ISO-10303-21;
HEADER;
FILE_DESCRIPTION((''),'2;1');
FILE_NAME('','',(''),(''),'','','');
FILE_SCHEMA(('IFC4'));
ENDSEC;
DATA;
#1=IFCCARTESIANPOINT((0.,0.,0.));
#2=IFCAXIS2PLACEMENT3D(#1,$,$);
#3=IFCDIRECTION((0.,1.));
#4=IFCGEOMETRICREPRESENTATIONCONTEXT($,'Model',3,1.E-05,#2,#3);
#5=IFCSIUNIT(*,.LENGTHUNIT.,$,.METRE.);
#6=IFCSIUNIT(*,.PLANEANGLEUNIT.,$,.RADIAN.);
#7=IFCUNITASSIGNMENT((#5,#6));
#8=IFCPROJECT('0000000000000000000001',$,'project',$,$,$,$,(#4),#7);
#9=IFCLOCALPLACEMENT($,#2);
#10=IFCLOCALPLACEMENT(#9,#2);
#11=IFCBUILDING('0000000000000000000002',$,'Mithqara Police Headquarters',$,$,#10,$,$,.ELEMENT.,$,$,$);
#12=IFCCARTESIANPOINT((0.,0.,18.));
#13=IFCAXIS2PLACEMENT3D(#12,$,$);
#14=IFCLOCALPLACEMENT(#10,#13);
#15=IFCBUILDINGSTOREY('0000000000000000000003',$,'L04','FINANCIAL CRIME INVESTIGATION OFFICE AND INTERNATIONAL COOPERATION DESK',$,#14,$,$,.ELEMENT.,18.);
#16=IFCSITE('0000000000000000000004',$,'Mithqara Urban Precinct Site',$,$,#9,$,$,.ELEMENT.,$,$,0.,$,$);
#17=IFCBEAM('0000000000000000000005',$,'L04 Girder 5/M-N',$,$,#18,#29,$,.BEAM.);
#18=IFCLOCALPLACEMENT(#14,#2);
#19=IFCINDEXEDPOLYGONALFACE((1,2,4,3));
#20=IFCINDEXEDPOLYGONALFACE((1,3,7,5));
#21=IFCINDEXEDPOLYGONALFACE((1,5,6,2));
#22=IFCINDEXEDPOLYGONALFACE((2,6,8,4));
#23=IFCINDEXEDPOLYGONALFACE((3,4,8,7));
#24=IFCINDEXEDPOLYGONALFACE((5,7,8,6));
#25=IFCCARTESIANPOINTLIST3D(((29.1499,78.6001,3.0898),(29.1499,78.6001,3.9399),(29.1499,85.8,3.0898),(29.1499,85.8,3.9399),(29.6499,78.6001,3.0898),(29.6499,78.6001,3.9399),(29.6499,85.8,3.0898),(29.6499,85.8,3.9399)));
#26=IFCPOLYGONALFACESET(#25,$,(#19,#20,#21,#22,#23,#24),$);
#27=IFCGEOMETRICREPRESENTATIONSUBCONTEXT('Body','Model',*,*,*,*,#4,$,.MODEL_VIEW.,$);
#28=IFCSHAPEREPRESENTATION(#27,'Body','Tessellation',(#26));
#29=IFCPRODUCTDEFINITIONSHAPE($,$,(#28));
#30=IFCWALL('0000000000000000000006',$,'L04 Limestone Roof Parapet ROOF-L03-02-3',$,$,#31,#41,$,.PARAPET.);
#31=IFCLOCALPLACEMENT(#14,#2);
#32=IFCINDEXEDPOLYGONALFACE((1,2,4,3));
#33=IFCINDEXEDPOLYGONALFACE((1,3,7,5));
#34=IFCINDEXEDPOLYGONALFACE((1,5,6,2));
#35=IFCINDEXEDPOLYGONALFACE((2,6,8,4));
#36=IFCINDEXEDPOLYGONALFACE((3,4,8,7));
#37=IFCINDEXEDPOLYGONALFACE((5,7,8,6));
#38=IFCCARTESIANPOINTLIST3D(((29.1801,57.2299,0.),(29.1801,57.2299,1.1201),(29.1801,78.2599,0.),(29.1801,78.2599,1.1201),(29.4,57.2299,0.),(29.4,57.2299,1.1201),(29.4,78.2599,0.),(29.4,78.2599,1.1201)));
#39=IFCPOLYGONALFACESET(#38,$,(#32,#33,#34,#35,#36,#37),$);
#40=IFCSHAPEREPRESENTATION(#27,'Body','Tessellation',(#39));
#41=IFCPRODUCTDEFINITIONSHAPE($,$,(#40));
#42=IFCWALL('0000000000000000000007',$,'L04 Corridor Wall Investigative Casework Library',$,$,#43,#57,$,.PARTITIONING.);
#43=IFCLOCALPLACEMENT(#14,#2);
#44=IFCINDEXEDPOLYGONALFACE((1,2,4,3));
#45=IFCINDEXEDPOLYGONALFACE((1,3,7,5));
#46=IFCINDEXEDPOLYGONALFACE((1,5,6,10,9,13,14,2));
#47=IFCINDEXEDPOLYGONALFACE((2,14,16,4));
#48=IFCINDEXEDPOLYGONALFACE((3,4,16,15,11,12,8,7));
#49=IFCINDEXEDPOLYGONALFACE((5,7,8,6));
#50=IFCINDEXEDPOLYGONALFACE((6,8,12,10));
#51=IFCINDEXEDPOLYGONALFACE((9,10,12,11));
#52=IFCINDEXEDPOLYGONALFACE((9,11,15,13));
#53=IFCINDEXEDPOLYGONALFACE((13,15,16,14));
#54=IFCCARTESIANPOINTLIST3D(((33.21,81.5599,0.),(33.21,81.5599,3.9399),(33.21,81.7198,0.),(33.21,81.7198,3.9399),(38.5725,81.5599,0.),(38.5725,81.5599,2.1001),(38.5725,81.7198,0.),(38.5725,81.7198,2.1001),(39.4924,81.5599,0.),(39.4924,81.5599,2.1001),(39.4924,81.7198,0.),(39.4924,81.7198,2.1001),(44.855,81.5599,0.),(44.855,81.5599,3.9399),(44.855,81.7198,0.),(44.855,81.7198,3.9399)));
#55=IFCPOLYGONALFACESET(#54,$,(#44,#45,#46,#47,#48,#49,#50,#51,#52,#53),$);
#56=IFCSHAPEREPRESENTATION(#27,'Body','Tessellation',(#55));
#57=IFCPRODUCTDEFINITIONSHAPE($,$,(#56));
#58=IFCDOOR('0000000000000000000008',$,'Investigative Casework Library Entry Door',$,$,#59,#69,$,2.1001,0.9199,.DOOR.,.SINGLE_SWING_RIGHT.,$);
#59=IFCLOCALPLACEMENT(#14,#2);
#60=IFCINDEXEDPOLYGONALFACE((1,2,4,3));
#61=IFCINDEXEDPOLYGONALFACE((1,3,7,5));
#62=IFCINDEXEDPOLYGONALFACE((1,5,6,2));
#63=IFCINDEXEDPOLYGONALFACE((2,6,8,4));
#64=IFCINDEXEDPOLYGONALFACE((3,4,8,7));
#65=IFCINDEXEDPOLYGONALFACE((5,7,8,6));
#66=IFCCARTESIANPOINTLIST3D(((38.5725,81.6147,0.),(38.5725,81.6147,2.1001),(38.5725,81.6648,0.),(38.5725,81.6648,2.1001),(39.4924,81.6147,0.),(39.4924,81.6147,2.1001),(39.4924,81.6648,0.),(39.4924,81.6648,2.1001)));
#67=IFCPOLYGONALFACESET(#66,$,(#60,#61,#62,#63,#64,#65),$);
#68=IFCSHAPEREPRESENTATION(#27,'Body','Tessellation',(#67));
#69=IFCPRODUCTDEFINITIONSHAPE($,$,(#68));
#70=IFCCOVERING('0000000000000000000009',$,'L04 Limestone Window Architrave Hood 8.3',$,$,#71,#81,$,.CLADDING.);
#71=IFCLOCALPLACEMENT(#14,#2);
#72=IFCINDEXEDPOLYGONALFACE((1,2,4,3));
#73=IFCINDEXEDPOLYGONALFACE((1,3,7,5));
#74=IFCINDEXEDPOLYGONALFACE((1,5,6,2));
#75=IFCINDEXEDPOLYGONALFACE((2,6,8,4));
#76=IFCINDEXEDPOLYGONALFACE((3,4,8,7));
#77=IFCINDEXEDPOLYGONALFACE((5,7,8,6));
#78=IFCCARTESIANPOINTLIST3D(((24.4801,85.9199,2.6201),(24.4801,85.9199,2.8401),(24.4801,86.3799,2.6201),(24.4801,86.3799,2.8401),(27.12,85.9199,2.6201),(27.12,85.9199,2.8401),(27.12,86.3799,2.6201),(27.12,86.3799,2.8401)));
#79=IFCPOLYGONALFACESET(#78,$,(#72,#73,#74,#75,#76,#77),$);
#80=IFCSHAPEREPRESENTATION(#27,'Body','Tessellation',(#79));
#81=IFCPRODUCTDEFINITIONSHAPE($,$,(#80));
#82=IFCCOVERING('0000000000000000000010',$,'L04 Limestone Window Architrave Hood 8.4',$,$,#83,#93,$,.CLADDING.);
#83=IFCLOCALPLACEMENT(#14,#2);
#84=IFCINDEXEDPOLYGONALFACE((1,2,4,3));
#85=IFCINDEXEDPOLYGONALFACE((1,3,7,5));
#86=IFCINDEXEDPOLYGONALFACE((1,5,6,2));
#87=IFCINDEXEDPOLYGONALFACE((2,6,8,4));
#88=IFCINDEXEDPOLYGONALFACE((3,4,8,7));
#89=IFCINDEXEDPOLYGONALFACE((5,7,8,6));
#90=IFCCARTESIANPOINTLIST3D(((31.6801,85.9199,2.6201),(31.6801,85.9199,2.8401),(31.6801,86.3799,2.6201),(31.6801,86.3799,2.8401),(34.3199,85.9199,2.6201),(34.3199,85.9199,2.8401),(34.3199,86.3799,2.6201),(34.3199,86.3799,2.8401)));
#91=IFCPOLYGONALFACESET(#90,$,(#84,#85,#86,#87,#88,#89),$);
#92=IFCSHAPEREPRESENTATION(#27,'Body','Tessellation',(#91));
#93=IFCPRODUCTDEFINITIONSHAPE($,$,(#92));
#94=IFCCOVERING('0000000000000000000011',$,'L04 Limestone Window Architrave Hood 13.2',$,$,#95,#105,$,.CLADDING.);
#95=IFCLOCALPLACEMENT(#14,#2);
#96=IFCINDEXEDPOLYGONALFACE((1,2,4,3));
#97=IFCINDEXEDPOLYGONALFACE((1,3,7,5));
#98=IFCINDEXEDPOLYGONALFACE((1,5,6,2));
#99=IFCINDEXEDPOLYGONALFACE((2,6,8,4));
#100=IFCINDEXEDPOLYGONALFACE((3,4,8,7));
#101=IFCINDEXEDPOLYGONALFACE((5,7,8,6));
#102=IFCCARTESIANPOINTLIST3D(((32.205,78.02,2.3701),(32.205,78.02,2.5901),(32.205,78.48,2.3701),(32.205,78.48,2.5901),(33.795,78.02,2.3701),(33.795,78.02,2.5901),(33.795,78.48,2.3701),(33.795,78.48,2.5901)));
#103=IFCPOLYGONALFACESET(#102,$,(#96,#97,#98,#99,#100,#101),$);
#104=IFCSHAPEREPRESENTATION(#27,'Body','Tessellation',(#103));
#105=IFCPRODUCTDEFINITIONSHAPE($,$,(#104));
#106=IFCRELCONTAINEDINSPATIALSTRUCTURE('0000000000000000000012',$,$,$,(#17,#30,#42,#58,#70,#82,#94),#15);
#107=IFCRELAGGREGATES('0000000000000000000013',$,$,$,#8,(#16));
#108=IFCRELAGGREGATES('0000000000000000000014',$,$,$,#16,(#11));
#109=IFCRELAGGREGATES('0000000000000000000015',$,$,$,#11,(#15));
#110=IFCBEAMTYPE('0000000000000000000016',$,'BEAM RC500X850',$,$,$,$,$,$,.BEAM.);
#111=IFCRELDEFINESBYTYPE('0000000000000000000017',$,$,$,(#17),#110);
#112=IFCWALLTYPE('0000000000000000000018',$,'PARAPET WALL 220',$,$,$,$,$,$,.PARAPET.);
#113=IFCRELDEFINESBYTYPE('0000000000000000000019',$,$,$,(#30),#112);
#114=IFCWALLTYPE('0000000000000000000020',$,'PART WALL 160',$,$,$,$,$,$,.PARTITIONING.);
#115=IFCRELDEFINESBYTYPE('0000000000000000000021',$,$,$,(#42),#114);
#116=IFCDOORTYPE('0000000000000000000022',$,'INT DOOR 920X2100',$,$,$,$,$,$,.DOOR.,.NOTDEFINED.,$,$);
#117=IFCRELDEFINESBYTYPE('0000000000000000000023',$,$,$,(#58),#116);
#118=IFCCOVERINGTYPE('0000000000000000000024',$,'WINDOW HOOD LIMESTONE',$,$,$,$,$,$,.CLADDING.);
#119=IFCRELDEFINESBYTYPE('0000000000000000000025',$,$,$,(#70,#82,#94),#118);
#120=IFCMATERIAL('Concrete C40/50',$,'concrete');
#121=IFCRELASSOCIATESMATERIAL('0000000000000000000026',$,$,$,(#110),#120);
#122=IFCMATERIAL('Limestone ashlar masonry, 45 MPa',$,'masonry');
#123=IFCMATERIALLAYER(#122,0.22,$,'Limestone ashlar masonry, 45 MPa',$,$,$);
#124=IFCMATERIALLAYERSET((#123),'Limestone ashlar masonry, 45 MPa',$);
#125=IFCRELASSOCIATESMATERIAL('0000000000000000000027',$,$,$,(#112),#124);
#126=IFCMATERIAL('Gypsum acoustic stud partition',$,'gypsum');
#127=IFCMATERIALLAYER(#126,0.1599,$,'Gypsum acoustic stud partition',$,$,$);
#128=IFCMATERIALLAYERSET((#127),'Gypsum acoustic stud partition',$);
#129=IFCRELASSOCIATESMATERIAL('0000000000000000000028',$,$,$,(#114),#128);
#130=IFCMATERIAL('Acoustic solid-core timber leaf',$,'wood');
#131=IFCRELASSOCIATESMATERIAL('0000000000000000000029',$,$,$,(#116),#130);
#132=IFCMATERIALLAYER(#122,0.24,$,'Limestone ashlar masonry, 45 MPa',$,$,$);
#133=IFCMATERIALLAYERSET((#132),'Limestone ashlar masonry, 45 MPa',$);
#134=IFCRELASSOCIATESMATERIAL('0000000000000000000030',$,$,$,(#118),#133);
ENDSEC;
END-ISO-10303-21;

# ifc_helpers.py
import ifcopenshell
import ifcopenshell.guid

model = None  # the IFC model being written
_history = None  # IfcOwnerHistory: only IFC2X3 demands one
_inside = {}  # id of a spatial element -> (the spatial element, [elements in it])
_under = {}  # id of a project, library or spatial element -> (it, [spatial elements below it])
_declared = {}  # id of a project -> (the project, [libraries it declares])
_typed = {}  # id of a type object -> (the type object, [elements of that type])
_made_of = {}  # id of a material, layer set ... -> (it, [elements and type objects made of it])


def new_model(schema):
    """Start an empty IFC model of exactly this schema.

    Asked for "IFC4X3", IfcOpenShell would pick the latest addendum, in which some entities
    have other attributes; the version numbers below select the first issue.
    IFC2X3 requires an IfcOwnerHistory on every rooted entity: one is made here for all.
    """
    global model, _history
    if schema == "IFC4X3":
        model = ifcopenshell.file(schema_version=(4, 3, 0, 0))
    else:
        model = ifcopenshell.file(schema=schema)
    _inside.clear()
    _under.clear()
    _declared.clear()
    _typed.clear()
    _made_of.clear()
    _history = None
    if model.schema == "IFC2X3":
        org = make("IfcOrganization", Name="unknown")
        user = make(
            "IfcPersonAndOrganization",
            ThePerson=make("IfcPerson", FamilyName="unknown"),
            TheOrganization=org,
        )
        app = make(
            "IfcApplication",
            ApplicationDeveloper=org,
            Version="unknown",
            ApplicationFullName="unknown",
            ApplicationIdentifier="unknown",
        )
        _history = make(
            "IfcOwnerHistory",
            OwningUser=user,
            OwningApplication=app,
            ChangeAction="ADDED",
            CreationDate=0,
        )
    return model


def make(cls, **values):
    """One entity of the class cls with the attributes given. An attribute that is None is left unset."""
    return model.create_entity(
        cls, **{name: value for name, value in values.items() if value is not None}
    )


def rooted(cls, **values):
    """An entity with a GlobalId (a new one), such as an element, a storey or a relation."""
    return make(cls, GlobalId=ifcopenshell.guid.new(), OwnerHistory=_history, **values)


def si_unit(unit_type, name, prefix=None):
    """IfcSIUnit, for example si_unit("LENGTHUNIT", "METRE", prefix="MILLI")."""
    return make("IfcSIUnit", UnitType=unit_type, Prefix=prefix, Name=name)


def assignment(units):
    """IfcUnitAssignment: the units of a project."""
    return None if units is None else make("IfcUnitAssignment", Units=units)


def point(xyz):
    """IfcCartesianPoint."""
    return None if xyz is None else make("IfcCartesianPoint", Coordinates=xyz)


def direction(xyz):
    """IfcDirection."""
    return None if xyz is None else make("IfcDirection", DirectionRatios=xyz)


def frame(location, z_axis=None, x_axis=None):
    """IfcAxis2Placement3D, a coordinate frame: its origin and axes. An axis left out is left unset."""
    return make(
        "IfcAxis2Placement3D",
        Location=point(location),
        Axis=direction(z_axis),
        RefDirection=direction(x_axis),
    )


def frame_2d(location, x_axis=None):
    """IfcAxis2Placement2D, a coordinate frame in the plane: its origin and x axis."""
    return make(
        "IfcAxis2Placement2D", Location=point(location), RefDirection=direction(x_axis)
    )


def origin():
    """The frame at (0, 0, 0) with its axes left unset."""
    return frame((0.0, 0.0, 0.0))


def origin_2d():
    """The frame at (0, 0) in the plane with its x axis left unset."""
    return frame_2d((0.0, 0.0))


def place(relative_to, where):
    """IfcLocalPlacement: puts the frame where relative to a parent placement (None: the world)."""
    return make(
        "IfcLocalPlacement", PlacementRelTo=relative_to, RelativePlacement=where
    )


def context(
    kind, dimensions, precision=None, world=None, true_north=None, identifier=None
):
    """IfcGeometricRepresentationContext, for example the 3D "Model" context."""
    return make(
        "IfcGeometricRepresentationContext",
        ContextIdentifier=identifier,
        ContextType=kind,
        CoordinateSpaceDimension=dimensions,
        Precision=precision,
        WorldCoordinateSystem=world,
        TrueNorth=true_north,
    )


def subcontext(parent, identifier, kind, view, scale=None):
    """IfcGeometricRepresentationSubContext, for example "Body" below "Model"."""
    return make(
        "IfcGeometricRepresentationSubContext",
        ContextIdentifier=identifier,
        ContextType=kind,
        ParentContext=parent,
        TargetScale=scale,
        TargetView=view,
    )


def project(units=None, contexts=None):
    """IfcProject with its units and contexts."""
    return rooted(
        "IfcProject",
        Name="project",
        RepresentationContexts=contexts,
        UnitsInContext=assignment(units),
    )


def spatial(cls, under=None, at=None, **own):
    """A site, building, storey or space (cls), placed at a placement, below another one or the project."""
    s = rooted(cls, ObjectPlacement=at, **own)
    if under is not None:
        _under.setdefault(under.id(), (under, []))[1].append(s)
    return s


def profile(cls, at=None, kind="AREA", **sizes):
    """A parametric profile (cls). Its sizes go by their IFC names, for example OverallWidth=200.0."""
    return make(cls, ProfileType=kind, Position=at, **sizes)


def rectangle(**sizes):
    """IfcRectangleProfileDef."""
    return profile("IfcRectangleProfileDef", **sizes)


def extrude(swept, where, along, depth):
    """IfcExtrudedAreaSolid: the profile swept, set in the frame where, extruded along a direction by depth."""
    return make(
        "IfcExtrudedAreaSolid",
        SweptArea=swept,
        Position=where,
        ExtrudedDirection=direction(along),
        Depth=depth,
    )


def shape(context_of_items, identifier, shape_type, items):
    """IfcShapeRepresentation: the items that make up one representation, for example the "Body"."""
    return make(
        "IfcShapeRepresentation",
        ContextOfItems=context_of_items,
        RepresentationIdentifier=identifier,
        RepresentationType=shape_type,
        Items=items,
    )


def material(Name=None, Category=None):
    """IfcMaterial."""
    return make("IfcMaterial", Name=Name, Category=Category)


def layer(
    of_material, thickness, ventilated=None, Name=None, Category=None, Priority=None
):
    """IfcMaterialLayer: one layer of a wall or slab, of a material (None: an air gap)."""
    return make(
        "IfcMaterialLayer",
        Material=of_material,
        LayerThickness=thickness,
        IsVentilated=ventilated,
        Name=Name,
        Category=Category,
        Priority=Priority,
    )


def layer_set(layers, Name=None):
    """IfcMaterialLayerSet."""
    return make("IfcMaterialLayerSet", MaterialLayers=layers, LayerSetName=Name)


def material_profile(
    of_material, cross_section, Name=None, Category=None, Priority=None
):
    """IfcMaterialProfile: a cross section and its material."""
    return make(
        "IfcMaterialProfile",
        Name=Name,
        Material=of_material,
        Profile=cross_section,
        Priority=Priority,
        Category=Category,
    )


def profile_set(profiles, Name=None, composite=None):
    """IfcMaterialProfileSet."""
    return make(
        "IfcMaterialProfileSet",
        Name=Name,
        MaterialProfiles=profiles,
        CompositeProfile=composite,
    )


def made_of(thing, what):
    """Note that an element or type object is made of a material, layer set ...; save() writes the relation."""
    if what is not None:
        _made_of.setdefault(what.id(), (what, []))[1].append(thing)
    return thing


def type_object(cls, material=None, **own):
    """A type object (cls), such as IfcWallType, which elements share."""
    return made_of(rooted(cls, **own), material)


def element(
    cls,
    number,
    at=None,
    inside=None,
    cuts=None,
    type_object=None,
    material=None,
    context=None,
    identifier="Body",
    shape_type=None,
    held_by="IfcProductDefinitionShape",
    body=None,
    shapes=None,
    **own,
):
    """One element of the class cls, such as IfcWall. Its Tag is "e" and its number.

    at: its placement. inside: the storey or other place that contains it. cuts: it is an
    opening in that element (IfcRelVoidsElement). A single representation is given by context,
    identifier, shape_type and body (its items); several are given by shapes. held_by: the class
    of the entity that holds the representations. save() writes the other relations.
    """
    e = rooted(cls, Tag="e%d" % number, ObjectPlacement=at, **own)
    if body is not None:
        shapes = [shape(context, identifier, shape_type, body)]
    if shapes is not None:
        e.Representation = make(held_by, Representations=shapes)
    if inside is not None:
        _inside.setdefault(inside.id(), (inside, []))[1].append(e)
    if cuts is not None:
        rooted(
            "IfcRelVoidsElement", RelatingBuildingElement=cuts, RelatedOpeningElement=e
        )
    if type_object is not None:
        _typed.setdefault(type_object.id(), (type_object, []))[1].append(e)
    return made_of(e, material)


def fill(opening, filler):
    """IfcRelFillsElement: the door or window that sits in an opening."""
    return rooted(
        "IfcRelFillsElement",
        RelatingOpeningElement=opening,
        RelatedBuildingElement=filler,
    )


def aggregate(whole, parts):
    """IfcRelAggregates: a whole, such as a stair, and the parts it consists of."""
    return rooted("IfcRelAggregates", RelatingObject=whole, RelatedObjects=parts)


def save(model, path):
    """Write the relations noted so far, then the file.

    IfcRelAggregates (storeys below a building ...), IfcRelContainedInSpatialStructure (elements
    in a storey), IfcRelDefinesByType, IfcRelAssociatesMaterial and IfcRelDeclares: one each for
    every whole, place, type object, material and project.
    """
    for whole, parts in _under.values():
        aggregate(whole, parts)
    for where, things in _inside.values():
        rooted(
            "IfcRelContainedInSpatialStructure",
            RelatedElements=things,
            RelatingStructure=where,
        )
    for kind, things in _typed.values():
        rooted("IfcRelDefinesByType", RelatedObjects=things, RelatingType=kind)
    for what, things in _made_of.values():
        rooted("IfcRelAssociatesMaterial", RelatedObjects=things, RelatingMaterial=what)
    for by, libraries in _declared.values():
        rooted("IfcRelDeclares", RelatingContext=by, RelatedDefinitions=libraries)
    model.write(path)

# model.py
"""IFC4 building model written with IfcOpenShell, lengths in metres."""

from ifc_helpers import new_model, si_unit, direction, frame, frame_2d, origin, origin_2d, place, context, subcontext, project, spatial, rectangle, extrude, material, layer, layer_set, material_profile, profile_set, type_object, element, fill, save


model = new_model("IFC4")

# Units and contexts
model_context = context("Model", 3, precision=1e-05, world=origin(), true_north=direction((0.0, 1.0)))
body_context = subcontext(model_context, "Body", "Model", "MODEL_VIEW")
ifc_project = project(units=[si_unit("LENGTHUNIT", "METRE"), si_unit("PLANEANGLEUNIT", "RADIAN")], contexts=[model_context])

# Site, building, storey
site_placement = place(None, origin())
site = spatial("IfcSite", under=ifc_project, at=site_placement, Name="Mithqara Urban Precinct Site", CompositionType="ELEMENT", RefElevation=0.0)
building_placement = place(site_placement, origin())
building = spatial("IfcBuilding", under=site, at=building_placement, Name="Mithqara Police Headquarters", CompositionType="ELEMENT")
storey_placement = place(building_placement, frame((0.0, 0.0, 18.0)))
storey = spatial("IfcBuildingStorey", under=building, at=storey_placement, Name="L04", Description="FINANCIAL CRIME INVESTIGATION OFFICE AND INTERNATIONAL COOPERATION DESK", CompositionType="ELEMENT", Elevation=18.0)

# Beam
ifc_material_1 = material(Name="Concrete C40/50", Category="concrete")
ifc_material_profile_1 = material_profile(ifc_material_1, rectangle(XDim=0.5, YDim=0.8501, at=origin_2d()), Name="RC 500x850")
ifc_profile_set_1 = profile_set([ifc_material_profile_1], Name="Concrete C40/50")
beam_type_1 = type_object("IfcBeamType", Name="BEAM RC500X850", PredefinedType="BEAM", material=ifc_profile_set_1)
beam_1_placement = place(storey_placement, frame((29.3999, 78.6001, 3.5149), z_axis=(0.0, 1.0, 0.0), x_axis=(-1.0, 0.0, 0.0)))
element("IfcBeam", 1, at=beam_1_placement, inside=storey, type_object=beam_type_1, Name="L04 Girder 5/M-N", PredefinedType="BEAM", context=body_context, shape_type="SweptSolid", body=[
    extrude(rectangle(XDim=0.5, YDim=0.8501, at=origin_2d()), origin(), (0.0, 0.0, 1.0), 7.2),
])

# Wall
ifc_material_2 = material(Name="Limestone ashlar masonry, 45 MPa", Category="masonry")
ifc_layer_1 = layer(ifc_material_2, 0.22, Name="Limestone ashlar masonry, 45 MPa")
ifc_layer_set_1 = layer_set([ifc_layer_1], Name="Limestone ashlar masonry, 45 MPa")
wall_type_1 = type_object("IfcWallType", Name="PARAPET WALL 220", PredefinedType="PARAPET", material=ifc_layer_set_1)
wall_1_placement = place(storey_placement, frame((29.29, 78.26, 0.0), z_axis=(0.0, 0.0, 1.0), x_axis=(0.0, -1.0, 0.0)))
element("IfcWall", 2, at=wall_1_placement, inside=storey, type_object=wall_type_1, Name="L04 Limestone Roof Parapet ROOF-L03-02-3", PredefinedType="PARAPET", context=body_context, shape_type="SweptSolid", body=[
    extrude(rectangle(XDim=21.03, YDim=0.22, at=frame_2d((10.5151, 0.0))), origin(), (0.0, 0.0, 1.0), 1.1201),
])

# Wall, opening, door
ifc_material_3 = material(Name="Gypsum acoustic stud partition", Category="gypsum")
ifc_layer_2 = layer(ifc_material_3, 0.1599, Name="Gypsum acoustic stud partition")
ifc_layer_set_2 = layer_set([ifc_layer_2], Name="Gypsum acoustic stud partition")
wall_type_2 = type_object("IfcWallType", Name="PART WALL 160", PredefinedType="PARTITIONING", material=ifc_layer_set_2)
wall_2_placement = place(storey_placement, frame((33.21, 81.6399, 0.0), z_axis=(0.0, 0.0, 1.0), x_axis=(1.0, 0.0, 0.0)))
wall_2 = element("IfcWall", 3, at=wall_2_placement, inside=storey, type_object=wall_type_2, Name="L04 Corridor Wall Investigative Casework Library", PredefinedType="PARTITIONING", context=body_context, shape_type="SweptSolid", body=[
    extrude(rectangle(XDim=11.645, YDim=0.1599, at=frame_2d((5.8225, 0.0))), origin(), (0.0, 0.0, 1.0), 3.9399),
])
opening_placement = place(wall_2_placement, frame((5.3625, 0.0, 0.0)))
opening = element("IfcOpeningElement", 4, at=opening_placement, cuts=wall_2, PredefinedType="OPENING", context=body_context, shape_type="SweptSolid", body=[
    extrude(rectangle(XDim=0.9199, YDim=2.1001, at=frame_2d((0.46, 1.05))), frame((0.0, 0.0898, 0.0), z_axis=(0.0, -1.0, 0.0), x_axis=(1.0, 0.0, 0.0)), (0.0, 0.0, 1.0), 0.1799),
])
ifc_material_4 = material(Name="Acoustic solid-core timber leaf", Category="wood")
door_type = type_object("IfcDoorType", Name="INT DOOR 920X2100", OperationType="NOTDEFINED", PredefinedType="DOOR", material=ifc_material_4)
door_placement = place(opening_placement, origin())
door = element("IfcDoor", 5, at=door_placement, inside=storey, type_object=door_type, Name="Investigative Casework Library Entry Door", OperationType="SINGLE_SWING_RIGHT", OverallHeight=2.1001, OverallWidth=0.9199, PredefinedType="DOOR", context=body_context, shape_type="SweptSolid", body=[
    extrude(rectangle(XDim=0.9199, YDim=2.1001, at=frame_2d((0.46, 1.05))), frame((0.0, 0.0249, 0.0), z_axis=(0.0, -1.0, 0.0), x_axis=(1.0, 0.0, 0.0)), (0.0, 0.0, 1.0), 0.05),
])
fill(opening, door)

# Coverings
ifc_layer_3 = layer(ifc_material_2, 0.24, Name="Limestone ashlar masonry, 45 MPa")
ifc_layer_set_3 = layer_set([ifc_layer_3], Name="Limestone ashlar masonry, 45 MPa")
covering_type = type_object("IfcCoveringType", Name="WINDOW HOOD LIMESTONE", PredefinedType="CLADDING", material=ifc_layer_set_3)
for number, where, z_axis, x_axis, name in (
    (6, (25.8, 86.1499, 2.6201), (0.0, 0.0, 1.0), (1.0, 0.0, 0.0), "L04 Limestone Window Architrave Hood 8.3"),
    (7, (33.0, 86.1499, 2.6201), (0.0, 0.0, 1.0), (1.0, 0.0, 0.0), "L04 Limestone Window Architrave Hood 8.4"),
):
    element("IfcCovering", number, at=place(storey_placement, frame(where, z_axis=z_axis, x_axis=x_axis)), inside=storey, type_object=covering_type, Name=name, PredefinedType="CLADDING", context=body_context, shape_type="SweptSolid", body=[
        extrude(rectangle(XDim=2.6399, YDim=0.46, at=origin_2d()), origin(), (0.0, 0.0, 1.0), 0.22),
    ])
covering_placement = place(storey_placement, frame((33.0, 78.25, 2.3701), z_axis=(0.0, 0.0, 1.0), x_axis=(1.0, 0.0, 0.0)))
element("IfcCovering", 8, at=covering_placement, inside=storey, type_object=covering_type, Name="L04 Limestone Window Architrave Hood 13.2", PredefinedType="CLADDING", context=body_context, shape_type="SweptSolid", body=[
    extrude(rectangle(XDim=1.5901, YDim=0.46, at=origin_2d()), origin(), (0.0, 0.0, 1.0), 0.22),
])

save(model, "model.ifc")
